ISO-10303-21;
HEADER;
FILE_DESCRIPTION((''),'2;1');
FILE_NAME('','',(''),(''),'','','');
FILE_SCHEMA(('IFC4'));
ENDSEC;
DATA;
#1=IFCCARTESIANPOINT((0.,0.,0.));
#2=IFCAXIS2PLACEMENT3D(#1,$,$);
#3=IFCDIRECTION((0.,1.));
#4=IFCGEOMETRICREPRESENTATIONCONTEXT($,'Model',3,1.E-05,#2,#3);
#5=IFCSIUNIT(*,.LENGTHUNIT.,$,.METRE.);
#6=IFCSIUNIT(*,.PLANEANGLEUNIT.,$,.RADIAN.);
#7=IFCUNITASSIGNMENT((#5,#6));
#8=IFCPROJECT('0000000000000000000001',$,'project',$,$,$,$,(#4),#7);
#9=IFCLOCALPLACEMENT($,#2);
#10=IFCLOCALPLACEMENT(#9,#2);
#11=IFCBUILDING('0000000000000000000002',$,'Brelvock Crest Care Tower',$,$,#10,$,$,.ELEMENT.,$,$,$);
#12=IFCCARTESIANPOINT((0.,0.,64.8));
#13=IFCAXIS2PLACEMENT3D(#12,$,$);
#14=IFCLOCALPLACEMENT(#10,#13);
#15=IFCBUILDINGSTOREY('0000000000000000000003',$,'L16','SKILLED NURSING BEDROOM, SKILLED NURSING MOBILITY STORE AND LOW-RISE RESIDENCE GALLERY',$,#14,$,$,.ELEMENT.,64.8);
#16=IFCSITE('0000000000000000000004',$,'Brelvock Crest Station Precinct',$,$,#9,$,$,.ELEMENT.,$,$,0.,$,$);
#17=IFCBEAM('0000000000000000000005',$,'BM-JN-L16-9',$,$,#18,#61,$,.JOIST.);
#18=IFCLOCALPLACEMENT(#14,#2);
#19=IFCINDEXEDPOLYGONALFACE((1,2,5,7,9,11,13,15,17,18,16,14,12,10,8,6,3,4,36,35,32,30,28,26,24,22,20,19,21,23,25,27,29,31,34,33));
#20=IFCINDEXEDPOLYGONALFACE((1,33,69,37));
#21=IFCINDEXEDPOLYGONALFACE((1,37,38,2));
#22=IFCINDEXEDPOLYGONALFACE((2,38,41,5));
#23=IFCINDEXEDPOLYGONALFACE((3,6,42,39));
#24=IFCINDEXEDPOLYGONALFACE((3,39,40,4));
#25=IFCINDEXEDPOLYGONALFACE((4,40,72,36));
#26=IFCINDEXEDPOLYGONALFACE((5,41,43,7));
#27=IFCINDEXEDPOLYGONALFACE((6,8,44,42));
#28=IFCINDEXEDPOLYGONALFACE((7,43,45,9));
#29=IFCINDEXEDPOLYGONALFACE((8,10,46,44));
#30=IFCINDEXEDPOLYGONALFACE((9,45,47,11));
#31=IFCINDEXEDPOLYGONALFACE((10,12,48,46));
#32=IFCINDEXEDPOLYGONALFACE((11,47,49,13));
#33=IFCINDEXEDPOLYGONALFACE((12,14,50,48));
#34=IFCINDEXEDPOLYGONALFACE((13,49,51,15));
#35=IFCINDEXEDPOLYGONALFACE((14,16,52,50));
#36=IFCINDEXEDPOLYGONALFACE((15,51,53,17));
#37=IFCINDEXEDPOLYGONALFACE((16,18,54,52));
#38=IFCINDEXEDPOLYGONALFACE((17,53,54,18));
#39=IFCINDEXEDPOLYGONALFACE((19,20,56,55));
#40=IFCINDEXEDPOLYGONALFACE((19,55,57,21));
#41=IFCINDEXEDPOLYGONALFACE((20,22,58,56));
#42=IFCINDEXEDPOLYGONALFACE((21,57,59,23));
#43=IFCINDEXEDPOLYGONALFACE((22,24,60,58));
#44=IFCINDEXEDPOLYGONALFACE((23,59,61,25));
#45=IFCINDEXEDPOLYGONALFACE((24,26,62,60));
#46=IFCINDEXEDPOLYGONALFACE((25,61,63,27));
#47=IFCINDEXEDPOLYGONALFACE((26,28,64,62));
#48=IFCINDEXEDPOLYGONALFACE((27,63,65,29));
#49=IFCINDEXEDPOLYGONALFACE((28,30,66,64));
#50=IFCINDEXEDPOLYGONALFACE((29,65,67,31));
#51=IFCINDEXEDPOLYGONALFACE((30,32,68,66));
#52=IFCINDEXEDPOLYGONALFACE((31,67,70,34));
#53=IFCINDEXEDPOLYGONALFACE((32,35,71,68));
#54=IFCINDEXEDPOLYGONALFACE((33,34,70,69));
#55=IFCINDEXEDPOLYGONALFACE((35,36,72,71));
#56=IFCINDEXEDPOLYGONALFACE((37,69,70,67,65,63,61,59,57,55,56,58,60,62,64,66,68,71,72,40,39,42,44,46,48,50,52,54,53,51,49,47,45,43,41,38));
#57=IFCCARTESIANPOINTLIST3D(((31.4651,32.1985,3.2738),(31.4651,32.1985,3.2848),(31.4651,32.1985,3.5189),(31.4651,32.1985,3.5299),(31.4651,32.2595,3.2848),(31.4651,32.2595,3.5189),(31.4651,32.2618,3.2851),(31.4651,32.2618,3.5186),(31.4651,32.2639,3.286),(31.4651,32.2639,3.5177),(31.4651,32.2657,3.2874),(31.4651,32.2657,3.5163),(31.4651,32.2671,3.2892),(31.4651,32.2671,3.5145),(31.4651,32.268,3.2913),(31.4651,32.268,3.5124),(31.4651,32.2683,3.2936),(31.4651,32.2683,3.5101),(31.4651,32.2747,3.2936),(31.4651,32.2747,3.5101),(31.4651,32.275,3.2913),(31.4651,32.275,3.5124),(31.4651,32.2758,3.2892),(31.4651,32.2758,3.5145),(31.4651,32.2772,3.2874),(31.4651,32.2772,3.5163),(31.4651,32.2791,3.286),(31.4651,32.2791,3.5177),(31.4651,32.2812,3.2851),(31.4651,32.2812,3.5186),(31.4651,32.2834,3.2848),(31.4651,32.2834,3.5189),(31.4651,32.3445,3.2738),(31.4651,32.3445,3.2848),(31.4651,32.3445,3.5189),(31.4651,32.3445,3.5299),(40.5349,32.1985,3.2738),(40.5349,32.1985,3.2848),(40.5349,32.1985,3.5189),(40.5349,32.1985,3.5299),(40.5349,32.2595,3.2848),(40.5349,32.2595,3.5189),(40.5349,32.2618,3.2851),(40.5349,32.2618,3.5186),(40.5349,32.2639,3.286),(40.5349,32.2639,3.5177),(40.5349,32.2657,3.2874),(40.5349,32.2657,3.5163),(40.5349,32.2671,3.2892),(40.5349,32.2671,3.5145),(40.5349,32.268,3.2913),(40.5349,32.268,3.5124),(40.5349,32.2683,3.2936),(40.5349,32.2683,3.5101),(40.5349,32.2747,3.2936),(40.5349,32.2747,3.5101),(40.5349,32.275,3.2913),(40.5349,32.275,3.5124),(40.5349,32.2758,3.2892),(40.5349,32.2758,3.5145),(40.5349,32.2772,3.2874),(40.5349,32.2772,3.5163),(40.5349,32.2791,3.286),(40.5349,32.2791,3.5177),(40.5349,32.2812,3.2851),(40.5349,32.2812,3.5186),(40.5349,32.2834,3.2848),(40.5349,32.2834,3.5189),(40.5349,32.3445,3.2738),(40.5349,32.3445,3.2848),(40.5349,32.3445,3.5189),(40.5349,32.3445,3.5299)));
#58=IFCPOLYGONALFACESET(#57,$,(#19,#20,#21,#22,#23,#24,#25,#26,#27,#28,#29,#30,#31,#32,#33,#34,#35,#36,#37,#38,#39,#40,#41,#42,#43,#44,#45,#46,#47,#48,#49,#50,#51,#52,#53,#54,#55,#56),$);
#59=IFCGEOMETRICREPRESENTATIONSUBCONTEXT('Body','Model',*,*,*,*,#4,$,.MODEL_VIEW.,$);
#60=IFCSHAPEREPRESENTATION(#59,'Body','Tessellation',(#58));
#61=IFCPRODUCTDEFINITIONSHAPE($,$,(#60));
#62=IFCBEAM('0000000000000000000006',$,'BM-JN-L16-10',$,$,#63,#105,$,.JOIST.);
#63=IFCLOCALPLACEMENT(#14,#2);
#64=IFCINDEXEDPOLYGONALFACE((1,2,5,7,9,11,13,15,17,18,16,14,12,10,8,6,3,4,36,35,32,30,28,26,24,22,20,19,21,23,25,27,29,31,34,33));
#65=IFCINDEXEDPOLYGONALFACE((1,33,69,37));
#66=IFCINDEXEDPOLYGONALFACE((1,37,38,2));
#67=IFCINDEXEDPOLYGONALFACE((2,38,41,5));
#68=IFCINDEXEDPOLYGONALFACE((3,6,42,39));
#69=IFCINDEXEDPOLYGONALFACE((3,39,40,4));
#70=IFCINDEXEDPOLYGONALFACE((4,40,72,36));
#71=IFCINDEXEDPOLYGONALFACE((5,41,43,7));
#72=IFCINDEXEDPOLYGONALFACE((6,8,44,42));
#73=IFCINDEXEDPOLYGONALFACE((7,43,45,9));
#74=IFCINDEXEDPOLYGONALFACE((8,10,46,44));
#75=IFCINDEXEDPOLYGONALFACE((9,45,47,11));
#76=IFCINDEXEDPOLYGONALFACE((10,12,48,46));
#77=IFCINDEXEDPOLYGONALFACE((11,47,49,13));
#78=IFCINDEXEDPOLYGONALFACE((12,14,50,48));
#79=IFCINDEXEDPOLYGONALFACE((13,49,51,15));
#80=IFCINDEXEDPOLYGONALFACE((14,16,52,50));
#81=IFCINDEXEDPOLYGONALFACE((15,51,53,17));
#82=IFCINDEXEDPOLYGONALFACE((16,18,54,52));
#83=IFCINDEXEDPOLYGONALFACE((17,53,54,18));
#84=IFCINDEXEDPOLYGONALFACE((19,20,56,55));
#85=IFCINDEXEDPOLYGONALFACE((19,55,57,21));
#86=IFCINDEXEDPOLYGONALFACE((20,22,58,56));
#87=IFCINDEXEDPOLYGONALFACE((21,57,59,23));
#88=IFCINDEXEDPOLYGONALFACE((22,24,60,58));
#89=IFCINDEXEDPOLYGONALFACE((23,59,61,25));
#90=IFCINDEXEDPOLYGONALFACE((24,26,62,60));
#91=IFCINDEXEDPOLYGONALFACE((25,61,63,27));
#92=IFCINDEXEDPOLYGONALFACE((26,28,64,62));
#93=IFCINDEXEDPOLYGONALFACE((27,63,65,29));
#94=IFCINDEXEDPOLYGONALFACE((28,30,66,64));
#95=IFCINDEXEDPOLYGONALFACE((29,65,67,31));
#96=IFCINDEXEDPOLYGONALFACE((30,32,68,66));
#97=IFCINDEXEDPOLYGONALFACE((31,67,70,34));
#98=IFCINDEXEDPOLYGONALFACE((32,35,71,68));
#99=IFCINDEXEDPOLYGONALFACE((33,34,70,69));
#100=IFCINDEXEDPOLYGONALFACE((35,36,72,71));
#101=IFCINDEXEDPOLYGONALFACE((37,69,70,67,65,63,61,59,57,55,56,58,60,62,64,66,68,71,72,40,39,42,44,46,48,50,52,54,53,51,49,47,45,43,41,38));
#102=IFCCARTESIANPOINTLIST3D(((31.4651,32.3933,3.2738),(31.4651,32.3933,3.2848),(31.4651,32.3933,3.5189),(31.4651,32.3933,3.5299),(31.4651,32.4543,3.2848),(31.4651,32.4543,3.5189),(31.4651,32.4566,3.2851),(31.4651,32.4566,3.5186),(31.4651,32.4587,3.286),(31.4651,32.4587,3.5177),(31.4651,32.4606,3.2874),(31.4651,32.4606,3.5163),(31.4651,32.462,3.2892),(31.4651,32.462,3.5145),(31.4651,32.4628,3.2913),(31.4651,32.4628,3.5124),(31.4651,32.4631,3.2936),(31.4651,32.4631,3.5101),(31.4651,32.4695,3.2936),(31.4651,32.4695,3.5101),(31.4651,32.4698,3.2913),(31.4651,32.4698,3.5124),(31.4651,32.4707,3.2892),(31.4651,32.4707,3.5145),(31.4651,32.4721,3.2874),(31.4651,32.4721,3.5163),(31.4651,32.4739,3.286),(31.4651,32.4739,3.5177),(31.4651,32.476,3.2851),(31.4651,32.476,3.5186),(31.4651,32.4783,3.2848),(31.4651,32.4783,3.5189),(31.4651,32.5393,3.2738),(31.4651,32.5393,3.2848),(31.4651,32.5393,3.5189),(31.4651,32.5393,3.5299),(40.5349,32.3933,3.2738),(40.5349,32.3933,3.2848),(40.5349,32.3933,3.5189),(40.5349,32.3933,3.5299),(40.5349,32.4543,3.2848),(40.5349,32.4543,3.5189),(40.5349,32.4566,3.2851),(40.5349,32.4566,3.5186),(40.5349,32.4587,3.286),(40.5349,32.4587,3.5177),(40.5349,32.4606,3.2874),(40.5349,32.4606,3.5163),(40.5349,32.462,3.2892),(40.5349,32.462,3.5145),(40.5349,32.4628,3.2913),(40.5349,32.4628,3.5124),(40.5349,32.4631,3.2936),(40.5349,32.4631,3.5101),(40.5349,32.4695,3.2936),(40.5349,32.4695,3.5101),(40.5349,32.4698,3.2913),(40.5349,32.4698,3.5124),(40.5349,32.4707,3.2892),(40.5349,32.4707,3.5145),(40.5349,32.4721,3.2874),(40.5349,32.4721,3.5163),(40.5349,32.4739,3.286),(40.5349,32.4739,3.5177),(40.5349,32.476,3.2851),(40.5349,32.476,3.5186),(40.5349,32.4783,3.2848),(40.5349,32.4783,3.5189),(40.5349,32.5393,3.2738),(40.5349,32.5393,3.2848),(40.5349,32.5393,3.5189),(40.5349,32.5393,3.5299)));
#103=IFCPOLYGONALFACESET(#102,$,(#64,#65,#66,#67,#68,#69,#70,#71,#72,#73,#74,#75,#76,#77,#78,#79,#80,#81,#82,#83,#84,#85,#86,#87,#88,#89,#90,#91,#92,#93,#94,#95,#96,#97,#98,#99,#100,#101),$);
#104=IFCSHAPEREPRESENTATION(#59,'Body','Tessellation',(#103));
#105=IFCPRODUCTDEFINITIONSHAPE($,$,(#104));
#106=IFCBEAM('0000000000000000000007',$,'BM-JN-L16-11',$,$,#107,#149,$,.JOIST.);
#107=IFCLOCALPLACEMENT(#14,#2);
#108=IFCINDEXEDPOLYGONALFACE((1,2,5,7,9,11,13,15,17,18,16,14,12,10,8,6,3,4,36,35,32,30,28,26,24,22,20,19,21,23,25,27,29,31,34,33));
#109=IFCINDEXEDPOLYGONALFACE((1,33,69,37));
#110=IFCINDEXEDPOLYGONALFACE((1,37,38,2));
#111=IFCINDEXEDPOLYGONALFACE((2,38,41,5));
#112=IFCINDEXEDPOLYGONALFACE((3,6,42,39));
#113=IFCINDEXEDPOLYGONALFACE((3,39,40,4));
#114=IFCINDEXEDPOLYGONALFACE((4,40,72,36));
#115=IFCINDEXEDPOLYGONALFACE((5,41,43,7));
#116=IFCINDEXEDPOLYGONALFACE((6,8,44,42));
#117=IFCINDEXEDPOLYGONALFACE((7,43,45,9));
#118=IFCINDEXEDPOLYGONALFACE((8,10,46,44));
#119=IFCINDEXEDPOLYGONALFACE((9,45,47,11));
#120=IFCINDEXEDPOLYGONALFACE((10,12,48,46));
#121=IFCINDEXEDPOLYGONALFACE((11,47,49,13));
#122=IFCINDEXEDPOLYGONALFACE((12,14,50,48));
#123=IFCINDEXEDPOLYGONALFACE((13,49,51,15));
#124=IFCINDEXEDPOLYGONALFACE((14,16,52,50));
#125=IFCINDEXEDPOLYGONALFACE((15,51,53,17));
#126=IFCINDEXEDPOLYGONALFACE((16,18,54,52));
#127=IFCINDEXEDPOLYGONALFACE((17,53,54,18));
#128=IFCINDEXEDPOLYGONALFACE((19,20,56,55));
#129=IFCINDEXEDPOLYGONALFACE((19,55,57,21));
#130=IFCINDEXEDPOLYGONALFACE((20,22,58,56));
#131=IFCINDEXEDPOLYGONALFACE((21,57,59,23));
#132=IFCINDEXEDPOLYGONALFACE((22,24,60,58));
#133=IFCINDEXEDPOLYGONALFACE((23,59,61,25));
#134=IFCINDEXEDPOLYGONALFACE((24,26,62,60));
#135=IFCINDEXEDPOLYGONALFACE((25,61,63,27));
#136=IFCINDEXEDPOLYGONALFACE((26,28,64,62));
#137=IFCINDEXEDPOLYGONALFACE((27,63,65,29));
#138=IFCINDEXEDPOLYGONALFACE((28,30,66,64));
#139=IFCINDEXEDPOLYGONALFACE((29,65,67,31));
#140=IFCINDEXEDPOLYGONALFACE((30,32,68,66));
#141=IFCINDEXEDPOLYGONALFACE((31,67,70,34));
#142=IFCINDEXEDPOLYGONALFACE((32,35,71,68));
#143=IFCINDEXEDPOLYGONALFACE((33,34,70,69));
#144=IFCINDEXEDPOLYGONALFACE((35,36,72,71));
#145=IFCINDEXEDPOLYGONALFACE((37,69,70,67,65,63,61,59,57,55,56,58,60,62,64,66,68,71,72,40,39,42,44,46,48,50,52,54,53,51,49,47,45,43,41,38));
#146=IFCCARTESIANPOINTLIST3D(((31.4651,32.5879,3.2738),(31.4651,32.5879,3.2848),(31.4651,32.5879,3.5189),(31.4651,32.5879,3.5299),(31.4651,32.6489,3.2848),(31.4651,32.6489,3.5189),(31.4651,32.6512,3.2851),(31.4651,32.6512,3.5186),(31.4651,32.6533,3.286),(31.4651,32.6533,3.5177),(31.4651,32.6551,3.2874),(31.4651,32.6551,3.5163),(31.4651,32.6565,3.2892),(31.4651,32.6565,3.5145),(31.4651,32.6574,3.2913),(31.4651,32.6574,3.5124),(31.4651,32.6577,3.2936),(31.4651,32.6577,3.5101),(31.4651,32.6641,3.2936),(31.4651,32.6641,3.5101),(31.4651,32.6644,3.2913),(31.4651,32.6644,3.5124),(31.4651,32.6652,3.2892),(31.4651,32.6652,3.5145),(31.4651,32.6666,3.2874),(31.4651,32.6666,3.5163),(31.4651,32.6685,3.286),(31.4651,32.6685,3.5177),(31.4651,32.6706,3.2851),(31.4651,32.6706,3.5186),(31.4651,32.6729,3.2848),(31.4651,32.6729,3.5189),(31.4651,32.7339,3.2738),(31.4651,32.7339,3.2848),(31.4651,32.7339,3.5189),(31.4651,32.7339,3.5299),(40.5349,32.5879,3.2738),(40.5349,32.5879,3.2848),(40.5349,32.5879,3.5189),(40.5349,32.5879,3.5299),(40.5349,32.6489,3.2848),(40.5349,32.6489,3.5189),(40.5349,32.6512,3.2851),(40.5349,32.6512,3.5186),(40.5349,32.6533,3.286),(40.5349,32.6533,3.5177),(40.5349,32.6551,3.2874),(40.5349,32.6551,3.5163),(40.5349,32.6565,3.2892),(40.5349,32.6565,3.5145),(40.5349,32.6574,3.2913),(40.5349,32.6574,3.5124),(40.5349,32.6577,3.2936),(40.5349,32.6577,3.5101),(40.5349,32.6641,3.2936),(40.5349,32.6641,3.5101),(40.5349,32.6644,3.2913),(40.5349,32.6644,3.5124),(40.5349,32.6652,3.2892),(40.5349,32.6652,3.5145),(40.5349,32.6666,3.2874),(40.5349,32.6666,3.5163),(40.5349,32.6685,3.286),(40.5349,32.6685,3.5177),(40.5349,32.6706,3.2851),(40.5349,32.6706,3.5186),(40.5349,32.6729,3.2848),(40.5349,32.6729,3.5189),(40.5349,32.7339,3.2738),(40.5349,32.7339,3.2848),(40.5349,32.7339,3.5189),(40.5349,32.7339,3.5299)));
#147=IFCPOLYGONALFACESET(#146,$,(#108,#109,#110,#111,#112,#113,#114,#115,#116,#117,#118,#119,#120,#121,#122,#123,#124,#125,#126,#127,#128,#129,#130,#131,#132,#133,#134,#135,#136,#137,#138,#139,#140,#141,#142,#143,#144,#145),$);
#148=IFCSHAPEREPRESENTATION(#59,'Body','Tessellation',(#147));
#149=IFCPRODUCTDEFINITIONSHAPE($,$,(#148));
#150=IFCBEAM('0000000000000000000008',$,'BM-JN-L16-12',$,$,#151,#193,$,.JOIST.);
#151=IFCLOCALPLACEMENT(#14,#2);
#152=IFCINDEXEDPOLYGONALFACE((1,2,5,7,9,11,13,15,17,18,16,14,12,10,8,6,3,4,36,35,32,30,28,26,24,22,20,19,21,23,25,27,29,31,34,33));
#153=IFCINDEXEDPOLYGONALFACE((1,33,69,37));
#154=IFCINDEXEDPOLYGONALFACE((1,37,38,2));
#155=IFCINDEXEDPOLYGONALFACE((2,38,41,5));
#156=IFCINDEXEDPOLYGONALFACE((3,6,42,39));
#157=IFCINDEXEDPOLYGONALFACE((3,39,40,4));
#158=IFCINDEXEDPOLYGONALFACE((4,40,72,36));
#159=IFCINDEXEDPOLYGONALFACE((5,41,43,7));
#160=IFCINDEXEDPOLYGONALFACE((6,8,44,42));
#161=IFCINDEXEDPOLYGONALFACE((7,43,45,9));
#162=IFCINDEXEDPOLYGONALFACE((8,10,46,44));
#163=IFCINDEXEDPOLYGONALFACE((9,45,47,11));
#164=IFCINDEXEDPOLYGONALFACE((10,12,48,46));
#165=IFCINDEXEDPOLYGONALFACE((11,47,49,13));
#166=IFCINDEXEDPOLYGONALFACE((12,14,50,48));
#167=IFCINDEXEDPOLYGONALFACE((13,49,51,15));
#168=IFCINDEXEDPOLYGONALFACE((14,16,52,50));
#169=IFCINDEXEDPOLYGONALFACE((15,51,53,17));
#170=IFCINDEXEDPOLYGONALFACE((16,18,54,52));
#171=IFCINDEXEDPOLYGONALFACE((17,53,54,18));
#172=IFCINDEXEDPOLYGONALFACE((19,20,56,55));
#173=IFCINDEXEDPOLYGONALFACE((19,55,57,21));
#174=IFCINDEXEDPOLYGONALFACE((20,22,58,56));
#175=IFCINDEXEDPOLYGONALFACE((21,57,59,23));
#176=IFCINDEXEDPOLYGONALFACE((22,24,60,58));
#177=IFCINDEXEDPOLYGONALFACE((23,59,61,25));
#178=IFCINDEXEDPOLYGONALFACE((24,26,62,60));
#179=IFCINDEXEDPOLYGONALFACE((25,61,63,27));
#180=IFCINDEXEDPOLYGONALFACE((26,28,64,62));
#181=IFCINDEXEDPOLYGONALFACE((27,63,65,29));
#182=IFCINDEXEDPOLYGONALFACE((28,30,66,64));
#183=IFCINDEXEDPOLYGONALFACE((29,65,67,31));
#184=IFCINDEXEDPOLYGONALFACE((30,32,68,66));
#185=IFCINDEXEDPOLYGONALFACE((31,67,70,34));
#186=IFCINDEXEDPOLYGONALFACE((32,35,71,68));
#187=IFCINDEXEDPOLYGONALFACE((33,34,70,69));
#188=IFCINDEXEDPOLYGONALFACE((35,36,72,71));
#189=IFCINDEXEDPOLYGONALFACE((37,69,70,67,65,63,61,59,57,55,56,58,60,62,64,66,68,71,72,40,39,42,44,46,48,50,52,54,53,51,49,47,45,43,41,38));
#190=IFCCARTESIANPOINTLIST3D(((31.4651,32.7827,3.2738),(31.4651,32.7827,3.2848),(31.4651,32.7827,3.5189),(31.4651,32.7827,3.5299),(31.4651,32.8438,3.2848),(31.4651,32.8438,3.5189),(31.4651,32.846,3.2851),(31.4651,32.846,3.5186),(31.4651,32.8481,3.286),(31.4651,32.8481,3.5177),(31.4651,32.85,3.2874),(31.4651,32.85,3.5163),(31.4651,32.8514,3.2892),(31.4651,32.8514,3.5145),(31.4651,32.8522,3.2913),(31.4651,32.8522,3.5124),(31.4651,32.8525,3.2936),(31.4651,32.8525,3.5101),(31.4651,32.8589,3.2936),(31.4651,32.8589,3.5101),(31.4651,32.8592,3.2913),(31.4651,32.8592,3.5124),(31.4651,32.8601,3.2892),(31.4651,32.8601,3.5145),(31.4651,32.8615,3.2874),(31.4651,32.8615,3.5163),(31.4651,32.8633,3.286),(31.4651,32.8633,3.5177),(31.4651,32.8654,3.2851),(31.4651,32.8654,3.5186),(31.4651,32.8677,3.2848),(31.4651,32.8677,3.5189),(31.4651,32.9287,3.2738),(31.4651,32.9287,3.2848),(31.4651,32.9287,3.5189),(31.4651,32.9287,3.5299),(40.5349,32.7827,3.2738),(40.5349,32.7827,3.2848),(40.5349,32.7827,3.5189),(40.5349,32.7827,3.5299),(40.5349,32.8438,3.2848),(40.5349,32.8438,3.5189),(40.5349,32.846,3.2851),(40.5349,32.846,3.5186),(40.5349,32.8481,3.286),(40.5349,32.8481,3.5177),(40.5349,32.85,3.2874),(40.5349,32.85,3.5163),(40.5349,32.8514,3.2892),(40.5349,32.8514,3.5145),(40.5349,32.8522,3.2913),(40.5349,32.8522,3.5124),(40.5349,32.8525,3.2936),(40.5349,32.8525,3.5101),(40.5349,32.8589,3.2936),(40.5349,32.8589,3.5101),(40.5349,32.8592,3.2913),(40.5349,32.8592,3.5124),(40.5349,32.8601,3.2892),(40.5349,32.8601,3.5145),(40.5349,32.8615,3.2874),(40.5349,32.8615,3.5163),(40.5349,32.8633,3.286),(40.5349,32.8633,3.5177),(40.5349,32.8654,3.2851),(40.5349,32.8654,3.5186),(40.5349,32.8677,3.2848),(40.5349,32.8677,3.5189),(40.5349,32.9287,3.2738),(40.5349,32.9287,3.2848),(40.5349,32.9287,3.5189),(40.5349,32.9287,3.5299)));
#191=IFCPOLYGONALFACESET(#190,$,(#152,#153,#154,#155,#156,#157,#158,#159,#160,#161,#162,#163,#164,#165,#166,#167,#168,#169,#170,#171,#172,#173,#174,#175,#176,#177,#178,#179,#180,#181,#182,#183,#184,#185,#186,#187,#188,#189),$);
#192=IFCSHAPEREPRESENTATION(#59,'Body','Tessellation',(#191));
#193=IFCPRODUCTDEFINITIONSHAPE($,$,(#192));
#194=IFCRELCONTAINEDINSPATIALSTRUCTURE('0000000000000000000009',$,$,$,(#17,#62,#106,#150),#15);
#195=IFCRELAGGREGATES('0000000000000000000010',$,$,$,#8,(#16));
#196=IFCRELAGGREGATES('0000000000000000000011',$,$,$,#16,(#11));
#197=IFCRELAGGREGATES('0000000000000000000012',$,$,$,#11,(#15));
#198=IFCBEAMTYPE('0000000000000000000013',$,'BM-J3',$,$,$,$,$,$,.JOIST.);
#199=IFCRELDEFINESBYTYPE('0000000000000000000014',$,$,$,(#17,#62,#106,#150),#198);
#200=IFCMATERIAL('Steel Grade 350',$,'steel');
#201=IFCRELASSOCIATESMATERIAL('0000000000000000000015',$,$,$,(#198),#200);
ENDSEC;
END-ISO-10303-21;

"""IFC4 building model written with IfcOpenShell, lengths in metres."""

from ifc_helpers import new_model, si_unit, direction, frame, origin, origin_2d, place, context, subcontext, project, spatial, i_section, extrude, source, transform, mapped, material, material_profile, profile_set, type_object, element, save


model = new_model("IFC4")

# Units and contexts
model_context = context("Model", 3, precision=1e-05, world=origin(), true_north=direction((0.0, 1.0)))
body_context = subcontext(model_context, "Body", "Model", "MODEL_VIEW")
ifc_project = project(units=[si_unit("LENGTHUNIT", "METRE"), si_unit("PLANEANGLEUNIT", "RADIAN")], contexts=[model_context])

# Site, building, storey
site_placement = place(None, origin())
site = spatial("IfcSite", under=ifc_project, at=site_placement, Name="Brelvock Crest Station Precinct", CompositionType="ELEMENT", RefElevation=0.0)
building_placement = place(site_placement, origin())
building = spatial("IfcBuilding", under=site, at=building_placement, Name="Brelvock Crest Care Tower", CompositionType="ELEMENT")
storey_placement = place(building_placement, frame((0.0, 0.0, 64.8)))
storey = spatial("IfcBuildingStorey", under=building, at=storey_placement, Name="L16", Description="SKILLED NURSING BEDROOM, SKILLED NURSING MOBILITY STORE AND LOW-RISE RESIDENCE GALLERY", CompositionType="ELEMENT", Elevation=64.8)

# Shared definitions
ifc_material_1 = material(Name="Steel Grade 350", Category="steel")

# Beams
ifc_material_profile_1 = material_profile(ifc_material_1, i_section(OverallWidth=0.146, OverallDepth=0.2561, WebThickness=0.0063, FlangeThickness=0.011, FilletRadius=0.0088, at=origin_2d()), Name="250UB37.3")
ifc_profile_set_1 = profile_set([ifc_material_profile_1], Name="Steel Grade 350")
beam_type_1 = type_object("IfcBeamType", Name="BM-J3", PredefinedType="JOIST", material=ifc_profile_set_1)
shared_shape_1 = source(origin(), body_context, "Body", "SweptSolid", [
    extrude(i_section(OverallWidth=0.146, OverallDepth=0.2561, WebThickness=0.0063, FlangeThickness=0.011, FilletRadius=0.0088, at=origin_2d()), origin(), (0.0, 0.0, 1.0), 9.0698),
])
for number, where, z_axis, x_axis, name in (
    (1, (31.4651, 32.2715, 3.4019), (1.0, 0.0, 0.0), (0.0, 1.0, 0.0), "BM-JN-L16-9"),
    (2, (31.4651, 32.4663, 3.4019), (1.0, 0.0, 0.0), (0.0, 1.0, 0.0), "BM-JN-L16-10"),
    (3, (31.4651, 32.6609, 3.4019), (1.0, 0.0, 0.0), (0.0, 1.0, 0.0), "BM-JN-L16-11"),
    (4, (31.4651, 32.8557, 3.4019), (1.0, 0.0, 0.0), (0.0, 1.0, 0.0), "BM-JN-L16-12"),
):
    element("IfcBeam", number, at=place(storey_placement, frame(where, z_axis=z_axis, x_axis=x_axis)), inside=storey, type_object=beam_type_1, Name=name, PredefinedType="JOIST", context=body_context, shape_type="MappedRepresentation", body=[
        mapped(shared_shape_1, transform((0.0, 0.0, 0.0), x_axis=(1.0, 0.0, 0.0), y_axis=(0.0, 1.0, 0.0), z_axis=(0.0, 0.0, 1.0), scale=1.0)),
    ])

save(model, "model.ifc")
